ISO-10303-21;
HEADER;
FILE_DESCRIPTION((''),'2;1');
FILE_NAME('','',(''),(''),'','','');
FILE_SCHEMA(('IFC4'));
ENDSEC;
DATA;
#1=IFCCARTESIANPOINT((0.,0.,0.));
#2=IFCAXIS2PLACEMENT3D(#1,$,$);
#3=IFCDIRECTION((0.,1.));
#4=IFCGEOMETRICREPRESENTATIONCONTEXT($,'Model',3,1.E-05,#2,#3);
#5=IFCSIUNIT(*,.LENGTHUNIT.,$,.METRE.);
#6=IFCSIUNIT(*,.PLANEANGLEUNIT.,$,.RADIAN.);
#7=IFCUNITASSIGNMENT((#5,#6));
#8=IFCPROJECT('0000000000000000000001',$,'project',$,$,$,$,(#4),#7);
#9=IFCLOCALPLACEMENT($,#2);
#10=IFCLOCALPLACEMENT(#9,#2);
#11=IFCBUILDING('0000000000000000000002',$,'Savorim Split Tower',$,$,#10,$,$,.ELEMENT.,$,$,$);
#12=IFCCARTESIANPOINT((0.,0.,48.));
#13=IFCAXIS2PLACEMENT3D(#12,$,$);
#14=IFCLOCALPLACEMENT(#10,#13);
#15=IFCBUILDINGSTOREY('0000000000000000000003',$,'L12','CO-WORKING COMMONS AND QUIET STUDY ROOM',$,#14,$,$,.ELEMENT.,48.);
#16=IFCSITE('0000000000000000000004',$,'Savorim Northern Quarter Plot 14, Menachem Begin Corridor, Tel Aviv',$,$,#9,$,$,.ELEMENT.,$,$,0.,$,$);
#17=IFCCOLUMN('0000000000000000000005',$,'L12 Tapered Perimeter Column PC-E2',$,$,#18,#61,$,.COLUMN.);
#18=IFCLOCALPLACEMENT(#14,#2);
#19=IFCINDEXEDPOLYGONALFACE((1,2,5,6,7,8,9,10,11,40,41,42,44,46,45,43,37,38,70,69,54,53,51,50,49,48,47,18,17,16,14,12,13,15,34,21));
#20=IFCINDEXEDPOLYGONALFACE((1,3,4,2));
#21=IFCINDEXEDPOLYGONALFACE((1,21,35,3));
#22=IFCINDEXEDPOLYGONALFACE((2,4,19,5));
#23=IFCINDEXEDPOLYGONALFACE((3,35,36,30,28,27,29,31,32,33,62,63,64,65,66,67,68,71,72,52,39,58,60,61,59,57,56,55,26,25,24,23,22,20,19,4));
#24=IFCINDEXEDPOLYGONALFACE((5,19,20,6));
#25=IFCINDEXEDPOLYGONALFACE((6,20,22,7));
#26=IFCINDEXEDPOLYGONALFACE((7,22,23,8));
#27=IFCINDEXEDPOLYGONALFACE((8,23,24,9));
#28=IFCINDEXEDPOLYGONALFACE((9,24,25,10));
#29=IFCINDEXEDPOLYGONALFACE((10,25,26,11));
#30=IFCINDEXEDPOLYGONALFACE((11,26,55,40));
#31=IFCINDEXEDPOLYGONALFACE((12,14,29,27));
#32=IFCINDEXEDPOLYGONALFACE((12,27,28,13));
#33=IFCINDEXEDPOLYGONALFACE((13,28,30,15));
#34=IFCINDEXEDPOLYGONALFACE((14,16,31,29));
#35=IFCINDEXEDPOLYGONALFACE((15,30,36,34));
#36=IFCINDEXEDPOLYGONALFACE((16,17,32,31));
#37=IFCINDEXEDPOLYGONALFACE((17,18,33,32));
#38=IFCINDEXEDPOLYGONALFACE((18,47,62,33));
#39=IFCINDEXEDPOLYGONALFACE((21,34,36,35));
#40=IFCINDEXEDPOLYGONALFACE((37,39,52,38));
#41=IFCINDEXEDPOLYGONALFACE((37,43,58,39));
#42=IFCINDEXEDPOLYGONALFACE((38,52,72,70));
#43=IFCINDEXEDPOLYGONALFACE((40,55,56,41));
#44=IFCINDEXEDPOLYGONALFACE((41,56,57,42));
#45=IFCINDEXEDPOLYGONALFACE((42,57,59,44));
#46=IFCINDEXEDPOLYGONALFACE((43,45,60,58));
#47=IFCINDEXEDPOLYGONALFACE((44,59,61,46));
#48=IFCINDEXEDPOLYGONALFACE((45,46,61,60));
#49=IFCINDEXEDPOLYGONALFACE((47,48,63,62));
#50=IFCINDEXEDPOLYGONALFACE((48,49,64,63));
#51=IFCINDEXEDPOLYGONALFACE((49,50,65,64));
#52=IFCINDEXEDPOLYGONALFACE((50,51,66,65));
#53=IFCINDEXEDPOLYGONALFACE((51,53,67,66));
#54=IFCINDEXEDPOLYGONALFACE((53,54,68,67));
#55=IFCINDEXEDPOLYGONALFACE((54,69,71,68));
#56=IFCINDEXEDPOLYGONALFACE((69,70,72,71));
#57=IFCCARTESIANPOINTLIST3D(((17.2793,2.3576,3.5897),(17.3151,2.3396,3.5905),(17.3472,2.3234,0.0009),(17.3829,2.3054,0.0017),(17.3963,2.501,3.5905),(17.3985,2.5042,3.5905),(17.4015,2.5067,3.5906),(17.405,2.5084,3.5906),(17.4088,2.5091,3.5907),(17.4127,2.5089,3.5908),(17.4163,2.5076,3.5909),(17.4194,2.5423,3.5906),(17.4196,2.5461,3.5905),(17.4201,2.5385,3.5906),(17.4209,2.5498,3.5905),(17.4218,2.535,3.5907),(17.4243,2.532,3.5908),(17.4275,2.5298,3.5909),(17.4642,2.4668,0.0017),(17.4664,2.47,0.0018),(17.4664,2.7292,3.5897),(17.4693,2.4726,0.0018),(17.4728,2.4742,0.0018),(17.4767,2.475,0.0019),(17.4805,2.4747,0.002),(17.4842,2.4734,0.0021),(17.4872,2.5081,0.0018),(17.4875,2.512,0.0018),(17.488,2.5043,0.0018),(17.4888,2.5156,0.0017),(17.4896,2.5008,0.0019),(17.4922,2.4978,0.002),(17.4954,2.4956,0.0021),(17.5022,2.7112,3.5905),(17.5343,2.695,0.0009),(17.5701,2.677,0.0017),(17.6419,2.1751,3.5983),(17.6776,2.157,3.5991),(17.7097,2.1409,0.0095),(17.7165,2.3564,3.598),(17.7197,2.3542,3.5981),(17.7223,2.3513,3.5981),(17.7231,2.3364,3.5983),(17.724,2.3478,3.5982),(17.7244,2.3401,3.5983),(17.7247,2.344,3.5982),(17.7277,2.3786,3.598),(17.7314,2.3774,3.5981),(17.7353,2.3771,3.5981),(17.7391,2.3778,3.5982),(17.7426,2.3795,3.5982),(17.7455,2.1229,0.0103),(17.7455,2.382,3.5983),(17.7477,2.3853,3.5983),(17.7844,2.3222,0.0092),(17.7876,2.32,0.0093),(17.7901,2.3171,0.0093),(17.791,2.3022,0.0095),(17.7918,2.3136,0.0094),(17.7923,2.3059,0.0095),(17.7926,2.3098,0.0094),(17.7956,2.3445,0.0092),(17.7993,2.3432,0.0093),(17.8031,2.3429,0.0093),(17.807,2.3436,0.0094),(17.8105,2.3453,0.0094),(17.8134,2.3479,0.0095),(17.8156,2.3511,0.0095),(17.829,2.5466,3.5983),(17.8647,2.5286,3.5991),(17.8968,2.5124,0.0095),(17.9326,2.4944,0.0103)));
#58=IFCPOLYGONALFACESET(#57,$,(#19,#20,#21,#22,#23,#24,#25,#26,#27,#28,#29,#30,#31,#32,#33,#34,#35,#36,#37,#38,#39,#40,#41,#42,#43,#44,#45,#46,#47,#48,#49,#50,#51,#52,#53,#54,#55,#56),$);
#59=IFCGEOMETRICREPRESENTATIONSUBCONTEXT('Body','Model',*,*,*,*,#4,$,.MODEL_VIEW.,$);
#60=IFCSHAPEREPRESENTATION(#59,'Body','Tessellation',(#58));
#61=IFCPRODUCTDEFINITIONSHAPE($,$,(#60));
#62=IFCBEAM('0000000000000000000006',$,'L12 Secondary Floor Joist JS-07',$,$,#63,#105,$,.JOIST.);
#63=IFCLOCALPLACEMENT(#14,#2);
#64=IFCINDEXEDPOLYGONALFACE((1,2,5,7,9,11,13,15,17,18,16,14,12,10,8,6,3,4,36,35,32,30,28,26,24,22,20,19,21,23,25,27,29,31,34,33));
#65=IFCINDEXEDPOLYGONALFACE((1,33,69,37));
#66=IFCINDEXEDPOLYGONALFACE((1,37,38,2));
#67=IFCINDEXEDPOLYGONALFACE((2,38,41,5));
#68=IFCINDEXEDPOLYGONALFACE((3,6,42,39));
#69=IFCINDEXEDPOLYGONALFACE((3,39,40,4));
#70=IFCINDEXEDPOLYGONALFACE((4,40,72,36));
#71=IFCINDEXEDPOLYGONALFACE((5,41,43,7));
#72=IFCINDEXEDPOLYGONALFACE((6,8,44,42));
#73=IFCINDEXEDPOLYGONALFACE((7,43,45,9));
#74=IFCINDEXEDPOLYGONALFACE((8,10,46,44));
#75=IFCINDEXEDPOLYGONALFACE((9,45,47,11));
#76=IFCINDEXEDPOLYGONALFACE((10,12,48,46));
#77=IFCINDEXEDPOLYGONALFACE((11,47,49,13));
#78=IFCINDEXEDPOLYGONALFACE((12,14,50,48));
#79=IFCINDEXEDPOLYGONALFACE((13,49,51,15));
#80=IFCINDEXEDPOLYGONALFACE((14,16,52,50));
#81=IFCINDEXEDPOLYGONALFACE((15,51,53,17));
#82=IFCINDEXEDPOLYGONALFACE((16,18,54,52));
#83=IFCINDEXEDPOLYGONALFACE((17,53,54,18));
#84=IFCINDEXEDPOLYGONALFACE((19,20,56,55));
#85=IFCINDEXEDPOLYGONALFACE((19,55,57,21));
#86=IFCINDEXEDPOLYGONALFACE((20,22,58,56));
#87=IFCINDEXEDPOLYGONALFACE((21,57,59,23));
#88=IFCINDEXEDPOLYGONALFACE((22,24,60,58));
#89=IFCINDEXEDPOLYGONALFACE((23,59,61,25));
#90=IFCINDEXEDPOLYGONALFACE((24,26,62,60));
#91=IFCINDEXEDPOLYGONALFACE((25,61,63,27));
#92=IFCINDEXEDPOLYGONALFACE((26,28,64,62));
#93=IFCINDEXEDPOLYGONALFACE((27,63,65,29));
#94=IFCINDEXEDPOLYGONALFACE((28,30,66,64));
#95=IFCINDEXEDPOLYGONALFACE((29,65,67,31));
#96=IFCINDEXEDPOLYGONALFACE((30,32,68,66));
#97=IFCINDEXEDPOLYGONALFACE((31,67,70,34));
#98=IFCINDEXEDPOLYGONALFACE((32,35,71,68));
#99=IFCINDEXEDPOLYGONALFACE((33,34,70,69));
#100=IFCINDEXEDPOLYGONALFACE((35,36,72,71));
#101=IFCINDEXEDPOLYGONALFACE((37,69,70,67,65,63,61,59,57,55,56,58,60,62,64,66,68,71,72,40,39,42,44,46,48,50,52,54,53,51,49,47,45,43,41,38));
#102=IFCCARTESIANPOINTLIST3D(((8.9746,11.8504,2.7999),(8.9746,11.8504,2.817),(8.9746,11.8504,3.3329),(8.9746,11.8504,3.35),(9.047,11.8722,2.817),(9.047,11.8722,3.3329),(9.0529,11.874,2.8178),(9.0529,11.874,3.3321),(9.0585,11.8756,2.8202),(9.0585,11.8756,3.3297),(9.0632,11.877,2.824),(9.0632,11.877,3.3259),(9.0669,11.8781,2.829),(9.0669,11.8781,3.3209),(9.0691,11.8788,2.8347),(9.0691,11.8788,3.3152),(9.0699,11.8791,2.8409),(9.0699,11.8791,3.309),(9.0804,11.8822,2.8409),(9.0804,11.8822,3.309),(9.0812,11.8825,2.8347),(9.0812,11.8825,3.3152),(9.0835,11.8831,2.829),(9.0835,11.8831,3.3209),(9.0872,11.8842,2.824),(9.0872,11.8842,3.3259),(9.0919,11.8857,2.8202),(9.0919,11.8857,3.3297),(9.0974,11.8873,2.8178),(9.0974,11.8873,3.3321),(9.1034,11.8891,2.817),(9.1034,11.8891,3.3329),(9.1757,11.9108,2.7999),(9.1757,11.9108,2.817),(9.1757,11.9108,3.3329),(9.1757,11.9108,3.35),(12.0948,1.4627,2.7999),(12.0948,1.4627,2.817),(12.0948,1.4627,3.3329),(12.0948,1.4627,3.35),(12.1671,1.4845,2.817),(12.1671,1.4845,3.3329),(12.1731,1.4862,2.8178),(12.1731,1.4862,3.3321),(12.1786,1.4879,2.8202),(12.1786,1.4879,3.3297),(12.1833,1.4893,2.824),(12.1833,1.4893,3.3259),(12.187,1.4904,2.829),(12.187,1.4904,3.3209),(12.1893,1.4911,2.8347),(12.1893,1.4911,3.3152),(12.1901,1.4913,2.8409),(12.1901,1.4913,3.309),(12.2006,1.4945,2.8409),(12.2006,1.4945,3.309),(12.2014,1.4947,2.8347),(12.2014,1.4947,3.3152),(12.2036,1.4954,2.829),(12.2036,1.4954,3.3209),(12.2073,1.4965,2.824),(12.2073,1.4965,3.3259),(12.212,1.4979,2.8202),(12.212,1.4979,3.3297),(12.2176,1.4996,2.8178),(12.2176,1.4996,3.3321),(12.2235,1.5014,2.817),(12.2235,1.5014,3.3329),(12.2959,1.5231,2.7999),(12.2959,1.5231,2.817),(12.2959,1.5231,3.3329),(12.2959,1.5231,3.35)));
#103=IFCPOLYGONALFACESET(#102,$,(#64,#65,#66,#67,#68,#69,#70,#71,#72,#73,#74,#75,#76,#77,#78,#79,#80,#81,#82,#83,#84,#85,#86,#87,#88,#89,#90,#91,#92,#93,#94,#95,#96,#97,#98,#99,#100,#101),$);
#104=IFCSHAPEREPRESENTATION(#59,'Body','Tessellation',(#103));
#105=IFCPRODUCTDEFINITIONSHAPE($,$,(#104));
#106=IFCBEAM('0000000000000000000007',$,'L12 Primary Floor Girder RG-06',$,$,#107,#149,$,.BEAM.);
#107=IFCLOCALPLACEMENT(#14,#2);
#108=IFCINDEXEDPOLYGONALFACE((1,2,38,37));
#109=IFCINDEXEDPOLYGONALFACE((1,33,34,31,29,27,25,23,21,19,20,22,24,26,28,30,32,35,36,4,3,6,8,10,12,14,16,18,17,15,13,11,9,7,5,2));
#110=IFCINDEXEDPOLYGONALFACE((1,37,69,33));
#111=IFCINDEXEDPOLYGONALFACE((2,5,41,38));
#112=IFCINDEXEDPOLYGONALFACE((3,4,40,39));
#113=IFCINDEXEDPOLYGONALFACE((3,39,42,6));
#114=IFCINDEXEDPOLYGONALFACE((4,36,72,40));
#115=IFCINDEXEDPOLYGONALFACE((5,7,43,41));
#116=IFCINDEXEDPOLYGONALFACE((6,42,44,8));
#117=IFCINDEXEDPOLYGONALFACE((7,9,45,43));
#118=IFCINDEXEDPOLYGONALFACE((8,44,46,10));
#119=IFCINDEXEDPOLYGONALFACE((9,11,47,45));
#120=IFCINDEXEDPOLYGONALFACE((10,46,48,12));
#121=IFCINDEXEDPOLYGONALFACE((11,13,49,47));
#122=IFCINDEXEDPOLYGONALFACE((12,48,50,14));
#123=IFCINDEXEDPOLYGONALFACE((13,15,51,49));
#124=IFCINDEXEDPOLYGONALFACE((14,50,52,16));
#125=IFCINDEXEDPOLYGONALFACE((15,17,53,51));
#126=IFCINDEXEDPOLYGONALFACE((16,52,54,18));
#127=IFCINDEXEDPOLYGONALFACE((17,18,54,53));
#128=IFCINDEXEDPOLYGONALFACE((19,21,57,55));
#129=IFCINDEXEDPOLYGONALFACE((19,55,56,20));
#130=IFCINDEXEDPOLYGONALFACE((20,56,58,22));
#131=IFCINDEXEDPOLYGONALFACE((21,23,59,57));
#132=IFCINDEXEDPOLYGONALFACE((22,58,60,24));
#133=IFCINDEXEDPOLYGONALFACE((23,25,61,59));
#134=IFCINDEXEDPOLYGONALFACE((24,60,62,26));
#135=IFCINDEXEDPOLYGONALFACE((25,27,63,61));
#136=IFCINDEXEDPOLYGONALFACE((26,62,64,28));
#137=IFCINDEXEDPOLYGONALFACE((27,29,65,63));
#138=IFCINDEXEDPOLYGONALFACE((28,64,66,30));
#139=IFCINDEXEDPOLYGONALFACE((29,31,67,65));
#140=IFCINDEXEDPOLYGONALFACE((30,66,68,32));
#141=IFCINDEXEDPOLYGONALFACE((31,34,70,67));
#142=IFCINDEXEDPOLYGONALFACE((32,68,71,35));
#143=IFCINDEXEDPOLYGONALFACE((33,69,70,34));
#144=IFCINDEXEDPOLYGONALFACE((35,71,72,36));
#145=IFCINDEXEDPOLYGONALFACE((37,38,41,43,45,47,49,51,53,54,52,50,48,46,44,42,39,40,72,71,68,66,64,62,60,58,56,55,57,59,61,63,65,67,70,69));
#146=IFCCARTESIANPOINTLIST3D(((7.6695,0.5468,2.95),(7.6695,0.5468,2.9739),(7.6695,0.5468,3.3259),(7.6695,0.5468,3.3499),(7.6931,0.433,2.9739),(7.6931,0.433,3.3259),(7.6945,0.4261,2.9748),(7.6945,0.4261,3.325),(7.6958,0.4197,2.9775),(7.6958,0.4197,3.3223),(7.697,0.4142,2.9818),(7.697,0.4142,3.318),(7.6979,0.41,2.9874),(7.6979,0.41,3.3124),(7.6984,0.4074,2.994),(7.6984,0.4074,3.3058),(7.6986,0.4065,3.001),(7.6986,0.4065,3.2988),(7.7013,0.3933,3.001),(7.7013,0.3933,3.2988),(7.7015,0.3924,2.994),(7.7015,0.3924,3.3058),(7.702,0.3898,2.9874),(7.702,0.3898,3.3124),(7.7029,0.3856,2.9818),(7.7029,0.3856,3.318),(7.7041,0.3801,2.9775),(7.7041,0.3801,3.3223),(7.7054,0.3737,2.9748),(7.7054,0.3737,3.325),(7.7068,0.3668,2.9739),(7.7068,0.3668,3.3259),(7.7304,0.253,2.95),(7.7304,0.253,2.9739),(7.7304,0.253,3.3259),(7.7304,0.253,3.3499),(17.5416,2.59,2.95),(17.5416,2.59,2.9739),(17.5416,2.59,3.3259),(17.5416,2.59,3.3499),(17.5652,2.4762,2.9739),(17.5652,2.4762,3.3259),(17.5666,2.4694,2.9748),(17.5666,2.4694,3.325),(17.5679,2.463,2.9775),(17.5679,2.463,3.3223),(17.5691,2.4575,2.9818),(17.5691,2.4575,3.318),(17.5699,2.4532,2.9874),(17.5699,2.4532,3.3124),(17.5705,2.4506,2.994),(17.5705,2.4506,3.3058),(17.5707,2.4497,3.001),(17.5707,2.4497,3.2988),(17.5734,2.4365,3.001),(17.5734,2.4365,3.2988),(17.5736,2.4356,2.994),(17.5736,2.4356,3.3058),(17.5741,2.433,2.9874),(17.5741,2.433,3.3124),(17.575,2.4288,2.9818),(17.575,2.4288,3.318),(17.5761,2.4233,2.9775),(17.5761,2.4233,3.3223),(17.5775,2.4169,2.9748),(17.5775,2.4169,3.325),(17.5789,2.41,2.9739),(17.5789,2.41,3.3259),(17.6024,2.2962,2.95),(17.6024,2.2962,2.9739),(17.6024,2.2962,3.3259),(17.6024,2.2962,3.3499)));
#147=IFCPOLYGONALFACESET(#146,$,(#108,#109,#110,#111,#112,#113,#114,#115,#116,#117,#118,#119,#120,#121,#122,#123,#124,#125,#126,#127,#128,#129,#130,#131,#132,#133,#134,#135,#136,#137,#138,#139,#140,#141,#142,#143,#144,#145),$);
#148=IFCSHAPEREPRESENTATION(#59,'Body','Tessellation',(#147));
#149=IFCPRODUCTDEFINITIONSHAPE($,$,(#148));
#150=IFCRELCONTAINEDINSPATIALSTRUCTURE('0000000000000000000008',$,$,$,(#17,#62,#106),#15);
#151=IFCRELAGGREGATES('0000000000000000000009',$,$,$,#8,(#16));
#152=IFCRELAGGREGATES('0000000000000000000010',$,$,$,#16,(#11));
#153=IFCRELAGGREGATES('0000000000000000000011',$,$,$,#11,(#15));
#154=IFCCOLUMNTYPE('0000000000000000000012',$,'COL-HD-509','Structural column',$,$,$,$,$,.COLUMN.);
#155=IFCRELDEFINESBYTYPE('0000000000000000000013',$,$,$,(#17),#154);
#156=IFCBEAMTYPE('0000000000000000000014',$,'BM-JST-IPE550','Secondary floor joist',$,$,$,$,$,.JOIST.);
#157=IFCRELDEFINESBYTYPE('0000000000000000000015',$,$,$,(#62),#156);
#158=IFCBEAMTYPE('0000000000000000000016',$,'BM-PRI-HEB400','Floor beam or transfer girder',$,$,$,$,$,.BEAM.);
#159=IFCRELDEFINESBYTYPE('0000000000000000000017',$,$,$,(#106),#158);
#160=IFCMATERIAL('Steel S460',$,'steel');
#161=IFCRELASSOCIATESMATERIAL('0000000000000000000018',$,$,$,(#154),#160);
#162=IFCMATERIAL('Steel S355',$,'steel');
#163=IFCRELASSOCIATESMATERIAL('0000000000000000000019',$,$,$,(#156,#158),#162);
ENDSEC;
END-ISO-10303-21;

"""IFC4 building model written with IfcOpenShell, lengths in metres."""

from ifc_helpers import new_model, si_unit, direction, frame, origin, origin_2d, place, context, subcontext, project, spatial, i_section, extrude, material, material_profile, profile_set, type_object, element, save


model = new_model("IFC4")

# Units and contexts
model_context = context("Model", 3, precision=1e-05, world=origin(), true_north=direction((0.0, 1.0)))
body_context = subcontext(model_context, "Body", "Model", "MODEL_VIEW")
ifc_project = project(units=[si_unit("LENGTHUNIT", "METRE"), si_unit("PLANEANGLEUNIT", "RADIAN")], contexts=[model_context])

# Site, building, storey
site_placement = place(None, origin())
site = spatial("IfcSite", under=ifc_project, at=site_placement, Name="Savorim Northern Quarter Plot 14, Menachem Begin Corridor, Tel Aviv", CompositionType="ELEMENT", RefElevation=0.0)
building_placement = place(site_placement, origin())
building = spatial("IfcBuilding", under=site, at=building_placement, Name="Savorim Split Tower", CompositionType="ELEMENT")
storey_placement = place(building_placement, frame((0.0, 0.0, 48.0)))
storey = spatial("IfcBuildingStorey", under=building, at=storey_placement, Name="L12", Description="CO-WORKING COMMONS AND QUIET STUDY ROOM", CompositionType="ELEMENT", Elevation=48.0)

# Column
ifc_material_1 = material(Name="Steel S460", Category="steel")
ifc_material_profile_1 = material_profile(ifc_material_1, i_section(OverallWidth=0.416, OverallDepth=0.446, WebThickness=0.0249, FlangeThickness=0.04, FilletRadius=0.0149, at=origin_2d()), Name="HD 400x509")
ifc_profile_set_1 = profile_set([ifc_material_profile_1], Name="Steel S460")
column_type = type_object("IfcColumnType", Name="COL-HD-509", Description="Structural column", PredefinedType="COLUMN", material=ifc_profile_set_1)
column_placement = place(storey_placement, frame((17.6399, 2.4089, 0.0056), z_axis=(-0.018907, 0.009522, 0.999776), x_axis=(-0.449782, -0.893138, 0.0)))
element("IfcColumn", 1, at=column_placement, inside=storey, type_object=column_type, Name="L12 Tapered Perimeter Column PC-E2", PredefinedType="COLUMN", context=body_context, shape_type="SweptSolid", body=[
    extrude(i_section(OverallWidth=0.416, OverallDepth=0.446, WebThickness=0.0249, FlangeThickness=0.04, FilletRadius=0.0149, at=origin_2d()), origin(), (0.0, 0.0, 1.0), 3.5896),
])

# Beams
ifc_material_2 = material(Name="Steel S355", Category="steel")
ifc_material_profile_2 = material_profile(ifc_material_2, i_section(OverallWidth=0.21, OverallDepth=0.55, WebThickness=0.011, FlangeThickness=0.0171, FilletRadius=0.0239, at=origin_2d()), Name="IPE 550")
ifc_profile_set_2 = profile_set([ifc_material_profile_2], Name="Steel S355")
beam_type_1 = type_object("IfcBeamType", Name="BM-JST-IPE550", Description="Secondary floor joist", PredefinedType="JOIST", material=ifc_profile_set_2)
beam_1_placement = place(storey_placement, frame((12.1953, 1.4929, 3.075), z_axis=(-0.28767, 0.95773, 0.0), x_axis=(-0.95773, -0.28767, 0.0)))
element("IfcBeam", 2, at=beam_1_placement, inside=storey, type_object=beam_type_1, Name="L12 Secondary Floor Joist JS-07", PredefinedType="JOIST", context=body_context, shape_type="SweptSolid", body=[
    extrude(i_section(OverallWidth=0.21, OverallDepth=0.55, WebThickness=0.011, FlangeThickness=0.0171, FilletRadius=0.0239, at=origin_2d()), origin(), (0.0, 0.0, 1.0), 10.8462),
])
ifc_material_profile_3 = material_profile(ifc_material_2, i_section(OverallWidth=0.3, OverallDepth=0.3999, WebThickness=0.0134, FlangeThickness=0.0239, FilletRadius=0.0271, at=origin_2d()), Name="HEB 400")
ifc_profile_set_3 = profile_set([ifc_material_profile_3], Name="Steel S355")
beam_type_2 = type_object("IfcBeamType", Name="BM-PRI-HEB400", Description="Floor beam or transfer girder", PredefinedType="BEAM", material=ifc_profile_set_3)
beam_2_placement = place(storey_placement, frame((17.572, 2.4431, 3.1499), z_axis=(-0.979246, -0.202674, 0.0), x_axis=(0.202674, -0.979246, 0.0)))
element("IfcBeam", 3, at=beam_2_placement, inside=storey, type_object=beam_type_2, Name="L12 Primary Floor Girder RG-06", PredefinedType="BEAM", context=body_context, shape_type="SweptSolid", body=[
    extrude(i_section(OverallWidth=0.3, OverallDepth=0.3999, WebThickness=0.0134, FlangeThickness=0.0239, FilletRadius=0.0271, at=origin_2d()), origin(), (0.0, 0.0, 1.0), 10.0813),
])

save(model, "model.ifc")
